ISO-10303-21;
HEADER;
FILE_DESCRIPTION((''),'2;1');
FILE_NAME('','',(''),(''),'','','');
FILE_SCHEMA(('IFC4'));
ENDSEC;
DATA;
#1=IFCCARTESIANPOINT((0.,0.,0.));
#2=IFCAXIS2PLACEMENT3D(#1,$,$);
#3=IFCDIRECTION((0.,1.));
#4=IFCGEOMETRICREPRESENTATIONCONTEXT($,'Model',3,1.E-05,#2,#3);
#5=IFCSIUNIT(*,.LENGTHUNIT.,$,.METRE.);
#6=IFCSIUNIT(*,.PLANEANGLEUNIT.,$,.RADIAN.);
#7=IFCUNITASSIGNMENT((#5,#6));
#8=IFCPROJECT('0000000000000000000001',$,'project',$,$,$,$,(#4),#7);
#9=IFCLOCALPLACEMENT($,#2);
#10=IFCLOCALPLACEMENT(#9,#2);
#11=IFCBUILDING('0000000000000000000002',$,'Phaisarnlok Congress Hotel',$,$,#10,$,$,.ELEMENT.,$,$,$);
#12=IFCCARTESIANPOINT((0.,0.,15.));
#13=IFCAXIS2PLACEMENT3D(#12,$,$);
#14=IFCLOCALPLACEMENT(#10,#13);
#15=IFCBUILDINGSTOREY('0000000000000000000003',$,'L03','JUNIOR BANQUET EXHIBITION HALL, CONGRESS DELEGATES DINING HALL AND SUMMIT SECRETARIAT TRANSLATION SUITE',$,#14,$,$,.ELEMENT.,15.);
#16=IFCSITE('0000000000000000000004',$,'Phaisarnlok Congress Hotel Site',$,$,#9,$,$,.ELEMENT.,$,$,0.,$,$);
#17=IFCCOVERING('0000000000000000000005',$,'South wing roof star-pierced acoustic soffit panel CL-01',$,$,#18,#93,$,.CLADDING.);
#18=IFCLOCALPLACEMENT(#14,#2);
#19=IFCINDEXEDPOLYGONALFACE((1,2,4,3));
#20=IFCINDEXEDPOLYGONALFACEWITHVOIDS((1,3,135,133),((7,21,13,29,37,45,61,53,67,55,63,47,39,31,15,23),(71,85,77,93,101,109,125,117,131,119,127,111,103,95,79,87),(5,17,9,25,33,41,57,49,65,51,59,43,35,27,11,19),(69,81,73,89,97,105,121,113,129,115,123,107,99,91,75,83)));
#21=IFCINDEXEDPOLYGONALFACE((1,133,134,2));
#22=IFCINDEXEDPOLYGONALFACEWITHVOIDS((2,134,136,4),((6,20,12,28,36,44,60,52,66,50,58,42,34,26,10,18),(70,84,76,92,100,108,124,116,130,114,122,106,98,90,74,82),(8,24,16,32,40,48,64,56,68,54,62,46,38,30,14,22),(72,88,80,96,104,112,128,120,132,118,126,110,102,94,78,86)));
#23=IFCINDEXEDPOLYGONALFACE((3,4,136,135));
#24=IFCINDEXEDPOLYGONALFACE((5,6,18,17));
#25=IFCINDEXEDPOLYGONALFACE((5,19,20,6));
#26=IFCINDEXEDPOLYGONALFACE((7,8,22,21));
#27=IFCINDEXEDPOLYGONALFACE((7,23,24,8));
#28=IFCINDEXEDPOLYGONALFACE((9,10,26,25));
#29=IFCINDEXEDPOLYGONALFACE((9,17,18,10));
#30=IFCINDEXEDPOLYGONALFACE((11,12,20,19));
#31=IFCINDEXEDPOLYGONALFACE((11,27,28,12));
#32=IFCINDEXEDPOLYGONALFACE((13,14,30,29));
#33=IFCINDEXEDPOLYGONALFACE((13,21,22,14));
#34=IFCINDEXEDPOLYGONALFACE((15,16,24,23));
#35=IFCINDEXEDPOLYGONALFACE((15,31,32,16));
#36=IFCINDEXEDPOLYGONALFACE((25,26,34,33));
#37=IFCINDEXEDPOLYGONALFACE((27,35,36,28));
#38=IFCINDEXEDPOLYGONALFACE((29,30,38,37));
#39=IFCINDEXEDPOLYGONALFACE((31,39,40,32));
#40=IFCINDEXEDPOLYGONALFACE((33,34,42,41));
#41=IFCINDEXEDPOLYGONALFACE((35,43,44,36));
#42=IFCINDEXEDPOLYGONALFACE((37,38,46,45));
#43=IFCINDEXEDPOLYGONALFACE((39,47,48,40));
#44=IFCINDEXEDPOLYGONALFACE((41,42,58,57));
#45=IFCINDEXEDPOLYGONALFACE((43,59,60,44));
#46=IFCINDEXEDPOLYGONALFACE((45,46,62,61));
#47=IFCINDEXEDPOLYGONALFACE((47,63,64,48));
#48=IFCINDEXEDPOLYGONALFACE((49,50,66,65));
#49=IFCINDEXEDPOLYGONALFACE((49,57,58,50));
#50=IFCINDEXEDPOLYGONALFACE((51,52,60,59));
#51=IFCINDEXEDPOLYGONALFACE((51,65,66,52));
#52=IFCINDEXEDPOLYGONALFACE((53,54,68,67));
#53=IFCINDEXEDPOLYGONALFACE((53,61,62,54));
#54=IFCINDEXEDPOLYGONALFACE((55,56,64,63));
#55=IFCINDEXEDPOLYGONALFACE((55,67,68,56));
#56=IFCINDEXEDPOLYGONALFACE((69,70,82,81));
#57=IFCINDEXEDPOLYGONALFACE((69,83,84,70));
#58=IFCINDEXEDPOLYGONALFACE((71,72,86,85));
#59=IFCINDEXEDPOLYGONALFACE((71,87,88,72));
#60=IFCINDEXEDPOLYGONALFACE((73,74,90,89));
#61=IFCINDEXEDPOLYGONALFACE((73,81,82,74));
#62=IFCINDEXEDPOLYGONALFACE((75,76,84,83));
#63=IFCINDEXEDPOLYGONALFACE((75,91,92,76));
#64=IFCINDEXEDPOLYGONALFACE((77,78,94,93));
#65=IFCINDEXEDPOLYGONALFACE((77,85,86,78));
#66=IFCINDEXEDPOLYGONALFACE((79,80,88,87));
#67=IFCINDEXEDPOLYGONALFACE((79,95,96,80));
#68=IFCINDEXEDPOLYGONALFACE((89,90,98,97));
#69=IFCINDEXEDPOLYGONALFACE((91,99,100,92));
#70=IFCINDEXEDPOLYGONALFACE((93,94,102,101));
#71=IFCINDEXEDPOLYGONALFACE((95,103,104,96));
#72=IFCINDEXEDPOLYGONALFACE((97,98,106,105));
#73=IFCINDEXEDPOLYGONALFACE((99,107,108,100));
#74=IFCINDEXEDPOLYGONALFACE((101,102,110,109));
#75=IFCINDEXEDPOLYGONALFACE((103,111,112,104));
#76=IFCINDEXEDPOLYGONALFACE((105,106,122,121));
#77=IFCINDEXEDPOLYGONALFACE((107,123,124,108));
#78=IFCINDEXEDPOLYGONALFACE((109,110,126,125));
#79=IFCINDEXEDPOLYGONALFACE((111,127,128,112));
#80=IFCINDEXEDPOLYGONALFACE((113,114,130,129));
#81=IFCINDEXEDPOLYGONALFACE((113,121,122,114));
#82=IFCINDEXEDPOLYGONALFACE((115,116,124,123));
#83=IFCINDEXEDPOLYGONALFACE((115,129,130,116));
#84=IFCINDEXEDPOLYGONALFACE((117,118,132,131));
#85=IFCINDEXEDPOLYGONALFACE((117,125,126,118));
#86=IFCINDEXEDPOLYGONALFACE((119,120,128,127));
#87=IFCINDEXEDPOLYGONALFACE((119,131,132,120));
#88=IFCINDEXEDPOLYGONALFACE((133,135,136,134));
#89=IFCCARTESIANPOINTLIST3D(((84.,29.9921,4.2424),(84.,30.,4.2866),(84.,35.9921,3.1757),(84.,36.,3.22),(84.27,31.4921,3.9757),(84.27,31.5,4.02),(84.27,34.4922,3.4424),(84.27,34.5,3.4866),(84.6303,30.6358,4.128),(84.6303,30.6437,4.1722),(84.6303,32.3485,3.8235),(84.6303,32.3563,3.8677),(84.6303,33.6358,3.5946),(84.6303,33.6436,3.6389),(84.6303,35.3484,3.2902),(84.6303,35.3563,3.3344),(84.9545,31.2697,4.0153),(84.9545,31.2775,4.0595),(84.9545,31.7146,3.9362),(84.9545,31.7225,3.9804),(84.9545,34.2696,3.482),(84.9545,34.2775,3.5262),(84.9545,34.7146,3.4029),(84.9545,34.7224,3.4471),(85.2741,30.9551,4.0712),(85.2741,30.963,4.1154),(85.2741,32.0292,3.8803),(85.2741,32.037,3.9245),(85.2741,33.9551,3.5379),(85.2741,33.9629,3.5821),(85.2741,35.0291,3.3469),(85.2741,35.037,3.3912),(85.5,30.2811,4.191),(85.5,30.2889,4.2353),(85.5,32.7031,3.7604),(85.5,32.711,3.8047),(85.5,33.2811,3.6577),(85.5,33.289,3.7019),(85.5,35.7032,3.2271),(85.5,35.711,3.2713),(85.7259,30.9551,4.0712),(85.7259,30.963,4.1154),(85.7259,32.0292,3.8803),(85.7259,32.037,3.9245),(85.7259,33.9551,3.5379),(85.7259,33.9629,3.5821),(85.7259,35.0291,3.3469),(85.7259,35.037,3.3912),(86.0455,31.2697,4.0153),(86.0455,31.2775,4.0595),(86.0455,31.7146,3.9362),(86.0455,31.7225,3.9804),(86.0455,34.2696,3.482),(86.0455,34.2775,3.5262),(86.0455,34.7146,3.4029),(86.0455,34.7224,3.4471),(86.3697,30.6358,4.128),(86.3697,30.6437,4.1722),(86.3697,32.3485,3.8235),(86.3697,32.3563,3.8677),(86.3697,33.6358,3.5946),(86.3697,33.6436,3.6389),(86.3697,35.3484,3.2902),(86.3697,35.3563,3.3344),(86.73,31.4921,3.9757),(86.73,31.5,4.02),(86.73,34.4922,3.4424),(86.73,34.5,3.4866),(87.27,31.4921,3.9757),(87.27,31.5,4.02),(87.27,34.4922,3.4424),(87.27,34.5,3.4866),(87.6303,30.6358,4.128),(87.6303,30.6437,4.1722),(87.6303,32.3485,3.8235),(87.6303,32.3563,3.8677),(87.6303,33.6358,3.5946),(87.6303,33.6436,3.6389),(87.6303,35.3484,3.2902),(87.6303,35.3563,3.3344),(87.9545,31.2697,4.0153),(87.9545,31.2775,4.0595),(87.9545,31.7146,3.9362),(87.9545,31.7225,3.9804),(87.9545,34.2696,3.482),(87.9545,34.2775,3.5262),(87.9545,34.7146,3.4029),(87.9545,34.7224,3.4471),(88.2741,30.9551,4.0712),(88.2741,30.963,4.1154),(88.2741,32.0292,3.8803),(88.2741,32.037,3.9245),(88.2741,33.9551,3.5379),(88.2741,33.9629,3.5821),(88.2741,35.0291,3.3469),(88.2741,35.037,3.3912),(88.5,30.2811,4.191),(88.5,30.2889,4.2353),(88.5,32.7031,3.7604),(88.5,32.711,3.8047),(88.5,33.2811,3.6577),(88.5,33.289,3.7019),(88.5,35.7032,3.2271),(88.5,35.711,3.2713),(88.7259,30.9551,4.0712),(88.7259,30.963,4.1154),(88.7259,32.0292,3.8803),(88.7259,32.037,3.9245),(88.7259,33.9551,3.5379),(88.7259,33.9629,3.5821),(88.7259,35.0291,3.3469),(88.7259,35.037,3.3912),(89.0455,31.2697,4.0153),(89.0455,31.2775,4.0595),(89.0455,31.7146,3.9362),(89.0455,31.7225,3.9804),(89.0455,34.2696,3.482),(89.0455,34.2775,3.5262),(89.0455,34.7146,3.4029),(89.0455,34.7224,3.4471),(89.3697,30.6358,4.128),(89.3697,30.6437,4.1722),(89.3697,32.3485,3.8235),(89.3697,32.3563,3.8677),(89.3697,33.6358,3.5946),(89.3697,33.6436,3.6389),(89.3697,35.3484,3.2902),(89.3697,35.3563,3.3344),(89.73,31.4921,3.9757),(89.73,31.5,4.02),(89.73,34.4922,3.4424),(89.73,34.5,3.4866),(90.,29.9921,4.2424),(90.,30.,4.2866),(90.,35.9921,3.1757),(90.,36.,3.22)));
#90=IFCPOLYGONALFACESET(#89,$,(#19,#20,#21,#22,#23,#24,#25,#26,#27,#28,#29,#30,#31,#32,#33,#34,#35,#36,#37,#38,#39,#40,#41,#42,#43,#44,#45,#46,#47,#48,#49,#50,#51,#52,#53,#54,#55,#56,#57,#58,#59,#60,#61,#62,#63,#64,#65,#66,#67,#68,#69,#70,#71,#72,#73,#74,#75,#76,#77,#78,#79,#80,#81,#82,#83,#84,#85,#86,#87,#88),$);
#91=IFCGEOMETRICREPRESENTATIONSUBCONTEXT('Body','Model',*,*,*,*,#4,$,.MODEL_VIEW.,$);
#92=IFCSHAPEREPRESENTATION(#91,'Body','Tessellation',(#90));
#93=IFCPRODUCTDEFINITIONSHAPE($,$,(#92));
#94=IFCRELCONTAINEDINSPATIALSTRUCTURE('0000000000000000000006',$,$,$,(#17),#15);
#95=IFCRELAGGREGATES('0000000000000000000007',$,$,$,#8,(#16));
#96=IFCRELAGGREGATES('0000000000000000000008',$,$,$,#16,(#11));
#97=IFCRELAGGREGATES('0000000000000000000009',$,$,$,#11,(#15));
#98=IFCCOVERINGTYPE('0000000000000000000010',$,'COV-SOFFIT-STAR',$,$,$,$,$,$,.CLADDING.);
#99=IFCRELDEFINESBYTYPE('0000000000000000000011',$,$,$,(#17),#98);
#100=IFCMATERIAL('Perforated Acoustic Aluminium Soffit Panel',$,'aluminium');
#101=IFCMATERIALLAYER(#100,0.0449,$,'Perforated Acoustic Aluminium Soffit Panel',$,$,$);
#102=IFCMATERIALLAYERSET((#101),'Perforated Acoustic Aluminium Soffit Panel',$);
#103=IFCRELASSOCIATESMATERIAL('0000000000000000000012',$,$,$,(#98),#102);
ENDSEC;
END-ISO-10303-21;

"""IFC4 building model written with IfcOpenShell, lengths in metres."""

from ifc_helpers import new_model, si_unit, direction, frame, origin, place, context, subcontext, project, spatial, polyline, outline, extrude, material, layer, layer_set, type_object, element, save


model = new_model("IFC4")

# Units and contexts
model_context = context("Model", 3, precision=1e-05, world=origin(), true_north=direction((0.0, 1.0)))
body_context = subcontext(model_context, "Body", "Model", "MODEL_VIEW")
ifc_project = project(units=[si_unit("LENGTHUNIT", "METRE"), si_unit("PLANEANGLEUNIT", "RADIAN")], contexts=[model_context])

# Site, building, storey
site_placement = place(None, origin())
site = spatial("IfcSite", under=ifc_project, at=site_placement, Name="Phaisarnlok Congress Hotel Site", CompositionType="ELEMENT", RefElevation=0.0)
building_placement = place(site_placement, origin())
building = spatial("IfcBuilding", under=site, at=building_placement, Name="Phaisarnlok Congress Hotel", CompositionType="ELEMENT")
storey_placement = place(building_placement, frame((0.0, 0.0, 15.0)))
storey = spatial("IfcBuildingStorey", under=building, at=storey_placement, Name="L03", Description="JUNIOR BANQUET EXHIBITION HALL, CONGRESS DELEGATES DINING HALL AND SUMMIT SECRETARIAT TRANSLATION SUITE", CompositionType="ELEMENT", Elevation=15.0)

# Covering
ifc_material_1 = material(Name="Perforated Acoustic Aluminium Soffit Panel", Category="aluminium")
ifc_layer_1 = layer(ifc_material_1, 0.0449, Name="Perforated Acoustic Aluminium Soffit Panel")
ifc_layer_set_1 = layer_set([ifc_layer_1], Name="Perforated Acoustic Aluminium Soffit Panel")
covering_type = type_object("IfcCoveringType", Name="COV-SOFFIT-STAR", PredefinedType="CLADDING", material=ifc_layer_set_1)
covering_placement = place(storey_placement, frame((84.0, 36.0, 3.22), z_axis=(0.0, -0.175031, -0.984563), x_axis=(1.0, 0.0, 0.0)))
element("IfcCovering", 1, at=covering_placement, inside=storey, type_object=covering_type, Name="South wing roof star-pierced acoustic soffit panel CL-01", PredefinedType="CLADDING", context=body_context, shape_type="SweptSolid", body=[
    extrude(outline(polyline([(0.0, 0.0), (6.0, 0.0), (6.0, 6.0941), (0.0, 6.0941), (0.0, 0.0)]), holes=[polyline([(2.0455, 1.2976), (2.3697, 0.6538), (1.7259, 0.9781), (1.5, 0.2935), (1.2741, 0.9781), (0.6303, 0.6538), (0.9545, 1.2976), (0.27, 1.5235), (0.9545, 1.7495), (0.6303, 2.3933), (1.2741, 2.069), (1.5, 2.7535), (1.7259, 2.069), (2.3697, 2.3933), (2.0455, 1.7495), (2.73, 1.5235), (2.0455, 1.2976)]), polyline([(2.0455, 4.3446), (2.3697, 3.7008), (1.7259, 4.0251), (1.5, 3.3406), (1.2741, 4.0251), (0.6303, 3.7008), (0.9545, 4.3446), (0.27, 4.5706), (0.9545, 4.7965), (0.6303, 5.4403), (1.2741, 5.116), (1.5, 5.8006), (1.7259, 5.116), (2.3697, 5.4403), (2.0455, 4.7965), (2.73, 4.5706), (2.0455, 4.3446)]), polyline([(5.0455, 1.2976), (5.3697, 0.6538), (4.7259, 0.9781), (4.5, 0.2935), (4.2741, 0.9781), (3.6303, 0.6538), (3.9545, 1.2976), (3.27, 1.5235), (3.9545, 1.7495), (3.6303, 2.3933), (4.2741, 2.069), (4.5, 2.7535), (4.7259, 2.069), (5.3697, 2.3933), (5.0455, 1.7495), (5.73, 1.5235), (5.0455, 1.2976)]), polyline([(5.0455, 4.3446), (5.3697, 3.7008), (4.7259, 4.0251), (4.5, 3.3406), (4.2741, 4.0251), (3.6303, 3.7008), (3.9545, 4.3446), (3.27, 4.5706), (3.9545, 4.7965), (3.6303, 5.4403), (4.2741, 5.116), (4.5, 5.8006), (4.7259, 5.116), (5.3697, 5.4403), (5.0455, 4.7965), (5.73, 4.5706), (5.0455, 4.3446)])]), origin(), (0.0, 0.0, 1.0), 0.0449),
])

save(model, "model.ifc")
